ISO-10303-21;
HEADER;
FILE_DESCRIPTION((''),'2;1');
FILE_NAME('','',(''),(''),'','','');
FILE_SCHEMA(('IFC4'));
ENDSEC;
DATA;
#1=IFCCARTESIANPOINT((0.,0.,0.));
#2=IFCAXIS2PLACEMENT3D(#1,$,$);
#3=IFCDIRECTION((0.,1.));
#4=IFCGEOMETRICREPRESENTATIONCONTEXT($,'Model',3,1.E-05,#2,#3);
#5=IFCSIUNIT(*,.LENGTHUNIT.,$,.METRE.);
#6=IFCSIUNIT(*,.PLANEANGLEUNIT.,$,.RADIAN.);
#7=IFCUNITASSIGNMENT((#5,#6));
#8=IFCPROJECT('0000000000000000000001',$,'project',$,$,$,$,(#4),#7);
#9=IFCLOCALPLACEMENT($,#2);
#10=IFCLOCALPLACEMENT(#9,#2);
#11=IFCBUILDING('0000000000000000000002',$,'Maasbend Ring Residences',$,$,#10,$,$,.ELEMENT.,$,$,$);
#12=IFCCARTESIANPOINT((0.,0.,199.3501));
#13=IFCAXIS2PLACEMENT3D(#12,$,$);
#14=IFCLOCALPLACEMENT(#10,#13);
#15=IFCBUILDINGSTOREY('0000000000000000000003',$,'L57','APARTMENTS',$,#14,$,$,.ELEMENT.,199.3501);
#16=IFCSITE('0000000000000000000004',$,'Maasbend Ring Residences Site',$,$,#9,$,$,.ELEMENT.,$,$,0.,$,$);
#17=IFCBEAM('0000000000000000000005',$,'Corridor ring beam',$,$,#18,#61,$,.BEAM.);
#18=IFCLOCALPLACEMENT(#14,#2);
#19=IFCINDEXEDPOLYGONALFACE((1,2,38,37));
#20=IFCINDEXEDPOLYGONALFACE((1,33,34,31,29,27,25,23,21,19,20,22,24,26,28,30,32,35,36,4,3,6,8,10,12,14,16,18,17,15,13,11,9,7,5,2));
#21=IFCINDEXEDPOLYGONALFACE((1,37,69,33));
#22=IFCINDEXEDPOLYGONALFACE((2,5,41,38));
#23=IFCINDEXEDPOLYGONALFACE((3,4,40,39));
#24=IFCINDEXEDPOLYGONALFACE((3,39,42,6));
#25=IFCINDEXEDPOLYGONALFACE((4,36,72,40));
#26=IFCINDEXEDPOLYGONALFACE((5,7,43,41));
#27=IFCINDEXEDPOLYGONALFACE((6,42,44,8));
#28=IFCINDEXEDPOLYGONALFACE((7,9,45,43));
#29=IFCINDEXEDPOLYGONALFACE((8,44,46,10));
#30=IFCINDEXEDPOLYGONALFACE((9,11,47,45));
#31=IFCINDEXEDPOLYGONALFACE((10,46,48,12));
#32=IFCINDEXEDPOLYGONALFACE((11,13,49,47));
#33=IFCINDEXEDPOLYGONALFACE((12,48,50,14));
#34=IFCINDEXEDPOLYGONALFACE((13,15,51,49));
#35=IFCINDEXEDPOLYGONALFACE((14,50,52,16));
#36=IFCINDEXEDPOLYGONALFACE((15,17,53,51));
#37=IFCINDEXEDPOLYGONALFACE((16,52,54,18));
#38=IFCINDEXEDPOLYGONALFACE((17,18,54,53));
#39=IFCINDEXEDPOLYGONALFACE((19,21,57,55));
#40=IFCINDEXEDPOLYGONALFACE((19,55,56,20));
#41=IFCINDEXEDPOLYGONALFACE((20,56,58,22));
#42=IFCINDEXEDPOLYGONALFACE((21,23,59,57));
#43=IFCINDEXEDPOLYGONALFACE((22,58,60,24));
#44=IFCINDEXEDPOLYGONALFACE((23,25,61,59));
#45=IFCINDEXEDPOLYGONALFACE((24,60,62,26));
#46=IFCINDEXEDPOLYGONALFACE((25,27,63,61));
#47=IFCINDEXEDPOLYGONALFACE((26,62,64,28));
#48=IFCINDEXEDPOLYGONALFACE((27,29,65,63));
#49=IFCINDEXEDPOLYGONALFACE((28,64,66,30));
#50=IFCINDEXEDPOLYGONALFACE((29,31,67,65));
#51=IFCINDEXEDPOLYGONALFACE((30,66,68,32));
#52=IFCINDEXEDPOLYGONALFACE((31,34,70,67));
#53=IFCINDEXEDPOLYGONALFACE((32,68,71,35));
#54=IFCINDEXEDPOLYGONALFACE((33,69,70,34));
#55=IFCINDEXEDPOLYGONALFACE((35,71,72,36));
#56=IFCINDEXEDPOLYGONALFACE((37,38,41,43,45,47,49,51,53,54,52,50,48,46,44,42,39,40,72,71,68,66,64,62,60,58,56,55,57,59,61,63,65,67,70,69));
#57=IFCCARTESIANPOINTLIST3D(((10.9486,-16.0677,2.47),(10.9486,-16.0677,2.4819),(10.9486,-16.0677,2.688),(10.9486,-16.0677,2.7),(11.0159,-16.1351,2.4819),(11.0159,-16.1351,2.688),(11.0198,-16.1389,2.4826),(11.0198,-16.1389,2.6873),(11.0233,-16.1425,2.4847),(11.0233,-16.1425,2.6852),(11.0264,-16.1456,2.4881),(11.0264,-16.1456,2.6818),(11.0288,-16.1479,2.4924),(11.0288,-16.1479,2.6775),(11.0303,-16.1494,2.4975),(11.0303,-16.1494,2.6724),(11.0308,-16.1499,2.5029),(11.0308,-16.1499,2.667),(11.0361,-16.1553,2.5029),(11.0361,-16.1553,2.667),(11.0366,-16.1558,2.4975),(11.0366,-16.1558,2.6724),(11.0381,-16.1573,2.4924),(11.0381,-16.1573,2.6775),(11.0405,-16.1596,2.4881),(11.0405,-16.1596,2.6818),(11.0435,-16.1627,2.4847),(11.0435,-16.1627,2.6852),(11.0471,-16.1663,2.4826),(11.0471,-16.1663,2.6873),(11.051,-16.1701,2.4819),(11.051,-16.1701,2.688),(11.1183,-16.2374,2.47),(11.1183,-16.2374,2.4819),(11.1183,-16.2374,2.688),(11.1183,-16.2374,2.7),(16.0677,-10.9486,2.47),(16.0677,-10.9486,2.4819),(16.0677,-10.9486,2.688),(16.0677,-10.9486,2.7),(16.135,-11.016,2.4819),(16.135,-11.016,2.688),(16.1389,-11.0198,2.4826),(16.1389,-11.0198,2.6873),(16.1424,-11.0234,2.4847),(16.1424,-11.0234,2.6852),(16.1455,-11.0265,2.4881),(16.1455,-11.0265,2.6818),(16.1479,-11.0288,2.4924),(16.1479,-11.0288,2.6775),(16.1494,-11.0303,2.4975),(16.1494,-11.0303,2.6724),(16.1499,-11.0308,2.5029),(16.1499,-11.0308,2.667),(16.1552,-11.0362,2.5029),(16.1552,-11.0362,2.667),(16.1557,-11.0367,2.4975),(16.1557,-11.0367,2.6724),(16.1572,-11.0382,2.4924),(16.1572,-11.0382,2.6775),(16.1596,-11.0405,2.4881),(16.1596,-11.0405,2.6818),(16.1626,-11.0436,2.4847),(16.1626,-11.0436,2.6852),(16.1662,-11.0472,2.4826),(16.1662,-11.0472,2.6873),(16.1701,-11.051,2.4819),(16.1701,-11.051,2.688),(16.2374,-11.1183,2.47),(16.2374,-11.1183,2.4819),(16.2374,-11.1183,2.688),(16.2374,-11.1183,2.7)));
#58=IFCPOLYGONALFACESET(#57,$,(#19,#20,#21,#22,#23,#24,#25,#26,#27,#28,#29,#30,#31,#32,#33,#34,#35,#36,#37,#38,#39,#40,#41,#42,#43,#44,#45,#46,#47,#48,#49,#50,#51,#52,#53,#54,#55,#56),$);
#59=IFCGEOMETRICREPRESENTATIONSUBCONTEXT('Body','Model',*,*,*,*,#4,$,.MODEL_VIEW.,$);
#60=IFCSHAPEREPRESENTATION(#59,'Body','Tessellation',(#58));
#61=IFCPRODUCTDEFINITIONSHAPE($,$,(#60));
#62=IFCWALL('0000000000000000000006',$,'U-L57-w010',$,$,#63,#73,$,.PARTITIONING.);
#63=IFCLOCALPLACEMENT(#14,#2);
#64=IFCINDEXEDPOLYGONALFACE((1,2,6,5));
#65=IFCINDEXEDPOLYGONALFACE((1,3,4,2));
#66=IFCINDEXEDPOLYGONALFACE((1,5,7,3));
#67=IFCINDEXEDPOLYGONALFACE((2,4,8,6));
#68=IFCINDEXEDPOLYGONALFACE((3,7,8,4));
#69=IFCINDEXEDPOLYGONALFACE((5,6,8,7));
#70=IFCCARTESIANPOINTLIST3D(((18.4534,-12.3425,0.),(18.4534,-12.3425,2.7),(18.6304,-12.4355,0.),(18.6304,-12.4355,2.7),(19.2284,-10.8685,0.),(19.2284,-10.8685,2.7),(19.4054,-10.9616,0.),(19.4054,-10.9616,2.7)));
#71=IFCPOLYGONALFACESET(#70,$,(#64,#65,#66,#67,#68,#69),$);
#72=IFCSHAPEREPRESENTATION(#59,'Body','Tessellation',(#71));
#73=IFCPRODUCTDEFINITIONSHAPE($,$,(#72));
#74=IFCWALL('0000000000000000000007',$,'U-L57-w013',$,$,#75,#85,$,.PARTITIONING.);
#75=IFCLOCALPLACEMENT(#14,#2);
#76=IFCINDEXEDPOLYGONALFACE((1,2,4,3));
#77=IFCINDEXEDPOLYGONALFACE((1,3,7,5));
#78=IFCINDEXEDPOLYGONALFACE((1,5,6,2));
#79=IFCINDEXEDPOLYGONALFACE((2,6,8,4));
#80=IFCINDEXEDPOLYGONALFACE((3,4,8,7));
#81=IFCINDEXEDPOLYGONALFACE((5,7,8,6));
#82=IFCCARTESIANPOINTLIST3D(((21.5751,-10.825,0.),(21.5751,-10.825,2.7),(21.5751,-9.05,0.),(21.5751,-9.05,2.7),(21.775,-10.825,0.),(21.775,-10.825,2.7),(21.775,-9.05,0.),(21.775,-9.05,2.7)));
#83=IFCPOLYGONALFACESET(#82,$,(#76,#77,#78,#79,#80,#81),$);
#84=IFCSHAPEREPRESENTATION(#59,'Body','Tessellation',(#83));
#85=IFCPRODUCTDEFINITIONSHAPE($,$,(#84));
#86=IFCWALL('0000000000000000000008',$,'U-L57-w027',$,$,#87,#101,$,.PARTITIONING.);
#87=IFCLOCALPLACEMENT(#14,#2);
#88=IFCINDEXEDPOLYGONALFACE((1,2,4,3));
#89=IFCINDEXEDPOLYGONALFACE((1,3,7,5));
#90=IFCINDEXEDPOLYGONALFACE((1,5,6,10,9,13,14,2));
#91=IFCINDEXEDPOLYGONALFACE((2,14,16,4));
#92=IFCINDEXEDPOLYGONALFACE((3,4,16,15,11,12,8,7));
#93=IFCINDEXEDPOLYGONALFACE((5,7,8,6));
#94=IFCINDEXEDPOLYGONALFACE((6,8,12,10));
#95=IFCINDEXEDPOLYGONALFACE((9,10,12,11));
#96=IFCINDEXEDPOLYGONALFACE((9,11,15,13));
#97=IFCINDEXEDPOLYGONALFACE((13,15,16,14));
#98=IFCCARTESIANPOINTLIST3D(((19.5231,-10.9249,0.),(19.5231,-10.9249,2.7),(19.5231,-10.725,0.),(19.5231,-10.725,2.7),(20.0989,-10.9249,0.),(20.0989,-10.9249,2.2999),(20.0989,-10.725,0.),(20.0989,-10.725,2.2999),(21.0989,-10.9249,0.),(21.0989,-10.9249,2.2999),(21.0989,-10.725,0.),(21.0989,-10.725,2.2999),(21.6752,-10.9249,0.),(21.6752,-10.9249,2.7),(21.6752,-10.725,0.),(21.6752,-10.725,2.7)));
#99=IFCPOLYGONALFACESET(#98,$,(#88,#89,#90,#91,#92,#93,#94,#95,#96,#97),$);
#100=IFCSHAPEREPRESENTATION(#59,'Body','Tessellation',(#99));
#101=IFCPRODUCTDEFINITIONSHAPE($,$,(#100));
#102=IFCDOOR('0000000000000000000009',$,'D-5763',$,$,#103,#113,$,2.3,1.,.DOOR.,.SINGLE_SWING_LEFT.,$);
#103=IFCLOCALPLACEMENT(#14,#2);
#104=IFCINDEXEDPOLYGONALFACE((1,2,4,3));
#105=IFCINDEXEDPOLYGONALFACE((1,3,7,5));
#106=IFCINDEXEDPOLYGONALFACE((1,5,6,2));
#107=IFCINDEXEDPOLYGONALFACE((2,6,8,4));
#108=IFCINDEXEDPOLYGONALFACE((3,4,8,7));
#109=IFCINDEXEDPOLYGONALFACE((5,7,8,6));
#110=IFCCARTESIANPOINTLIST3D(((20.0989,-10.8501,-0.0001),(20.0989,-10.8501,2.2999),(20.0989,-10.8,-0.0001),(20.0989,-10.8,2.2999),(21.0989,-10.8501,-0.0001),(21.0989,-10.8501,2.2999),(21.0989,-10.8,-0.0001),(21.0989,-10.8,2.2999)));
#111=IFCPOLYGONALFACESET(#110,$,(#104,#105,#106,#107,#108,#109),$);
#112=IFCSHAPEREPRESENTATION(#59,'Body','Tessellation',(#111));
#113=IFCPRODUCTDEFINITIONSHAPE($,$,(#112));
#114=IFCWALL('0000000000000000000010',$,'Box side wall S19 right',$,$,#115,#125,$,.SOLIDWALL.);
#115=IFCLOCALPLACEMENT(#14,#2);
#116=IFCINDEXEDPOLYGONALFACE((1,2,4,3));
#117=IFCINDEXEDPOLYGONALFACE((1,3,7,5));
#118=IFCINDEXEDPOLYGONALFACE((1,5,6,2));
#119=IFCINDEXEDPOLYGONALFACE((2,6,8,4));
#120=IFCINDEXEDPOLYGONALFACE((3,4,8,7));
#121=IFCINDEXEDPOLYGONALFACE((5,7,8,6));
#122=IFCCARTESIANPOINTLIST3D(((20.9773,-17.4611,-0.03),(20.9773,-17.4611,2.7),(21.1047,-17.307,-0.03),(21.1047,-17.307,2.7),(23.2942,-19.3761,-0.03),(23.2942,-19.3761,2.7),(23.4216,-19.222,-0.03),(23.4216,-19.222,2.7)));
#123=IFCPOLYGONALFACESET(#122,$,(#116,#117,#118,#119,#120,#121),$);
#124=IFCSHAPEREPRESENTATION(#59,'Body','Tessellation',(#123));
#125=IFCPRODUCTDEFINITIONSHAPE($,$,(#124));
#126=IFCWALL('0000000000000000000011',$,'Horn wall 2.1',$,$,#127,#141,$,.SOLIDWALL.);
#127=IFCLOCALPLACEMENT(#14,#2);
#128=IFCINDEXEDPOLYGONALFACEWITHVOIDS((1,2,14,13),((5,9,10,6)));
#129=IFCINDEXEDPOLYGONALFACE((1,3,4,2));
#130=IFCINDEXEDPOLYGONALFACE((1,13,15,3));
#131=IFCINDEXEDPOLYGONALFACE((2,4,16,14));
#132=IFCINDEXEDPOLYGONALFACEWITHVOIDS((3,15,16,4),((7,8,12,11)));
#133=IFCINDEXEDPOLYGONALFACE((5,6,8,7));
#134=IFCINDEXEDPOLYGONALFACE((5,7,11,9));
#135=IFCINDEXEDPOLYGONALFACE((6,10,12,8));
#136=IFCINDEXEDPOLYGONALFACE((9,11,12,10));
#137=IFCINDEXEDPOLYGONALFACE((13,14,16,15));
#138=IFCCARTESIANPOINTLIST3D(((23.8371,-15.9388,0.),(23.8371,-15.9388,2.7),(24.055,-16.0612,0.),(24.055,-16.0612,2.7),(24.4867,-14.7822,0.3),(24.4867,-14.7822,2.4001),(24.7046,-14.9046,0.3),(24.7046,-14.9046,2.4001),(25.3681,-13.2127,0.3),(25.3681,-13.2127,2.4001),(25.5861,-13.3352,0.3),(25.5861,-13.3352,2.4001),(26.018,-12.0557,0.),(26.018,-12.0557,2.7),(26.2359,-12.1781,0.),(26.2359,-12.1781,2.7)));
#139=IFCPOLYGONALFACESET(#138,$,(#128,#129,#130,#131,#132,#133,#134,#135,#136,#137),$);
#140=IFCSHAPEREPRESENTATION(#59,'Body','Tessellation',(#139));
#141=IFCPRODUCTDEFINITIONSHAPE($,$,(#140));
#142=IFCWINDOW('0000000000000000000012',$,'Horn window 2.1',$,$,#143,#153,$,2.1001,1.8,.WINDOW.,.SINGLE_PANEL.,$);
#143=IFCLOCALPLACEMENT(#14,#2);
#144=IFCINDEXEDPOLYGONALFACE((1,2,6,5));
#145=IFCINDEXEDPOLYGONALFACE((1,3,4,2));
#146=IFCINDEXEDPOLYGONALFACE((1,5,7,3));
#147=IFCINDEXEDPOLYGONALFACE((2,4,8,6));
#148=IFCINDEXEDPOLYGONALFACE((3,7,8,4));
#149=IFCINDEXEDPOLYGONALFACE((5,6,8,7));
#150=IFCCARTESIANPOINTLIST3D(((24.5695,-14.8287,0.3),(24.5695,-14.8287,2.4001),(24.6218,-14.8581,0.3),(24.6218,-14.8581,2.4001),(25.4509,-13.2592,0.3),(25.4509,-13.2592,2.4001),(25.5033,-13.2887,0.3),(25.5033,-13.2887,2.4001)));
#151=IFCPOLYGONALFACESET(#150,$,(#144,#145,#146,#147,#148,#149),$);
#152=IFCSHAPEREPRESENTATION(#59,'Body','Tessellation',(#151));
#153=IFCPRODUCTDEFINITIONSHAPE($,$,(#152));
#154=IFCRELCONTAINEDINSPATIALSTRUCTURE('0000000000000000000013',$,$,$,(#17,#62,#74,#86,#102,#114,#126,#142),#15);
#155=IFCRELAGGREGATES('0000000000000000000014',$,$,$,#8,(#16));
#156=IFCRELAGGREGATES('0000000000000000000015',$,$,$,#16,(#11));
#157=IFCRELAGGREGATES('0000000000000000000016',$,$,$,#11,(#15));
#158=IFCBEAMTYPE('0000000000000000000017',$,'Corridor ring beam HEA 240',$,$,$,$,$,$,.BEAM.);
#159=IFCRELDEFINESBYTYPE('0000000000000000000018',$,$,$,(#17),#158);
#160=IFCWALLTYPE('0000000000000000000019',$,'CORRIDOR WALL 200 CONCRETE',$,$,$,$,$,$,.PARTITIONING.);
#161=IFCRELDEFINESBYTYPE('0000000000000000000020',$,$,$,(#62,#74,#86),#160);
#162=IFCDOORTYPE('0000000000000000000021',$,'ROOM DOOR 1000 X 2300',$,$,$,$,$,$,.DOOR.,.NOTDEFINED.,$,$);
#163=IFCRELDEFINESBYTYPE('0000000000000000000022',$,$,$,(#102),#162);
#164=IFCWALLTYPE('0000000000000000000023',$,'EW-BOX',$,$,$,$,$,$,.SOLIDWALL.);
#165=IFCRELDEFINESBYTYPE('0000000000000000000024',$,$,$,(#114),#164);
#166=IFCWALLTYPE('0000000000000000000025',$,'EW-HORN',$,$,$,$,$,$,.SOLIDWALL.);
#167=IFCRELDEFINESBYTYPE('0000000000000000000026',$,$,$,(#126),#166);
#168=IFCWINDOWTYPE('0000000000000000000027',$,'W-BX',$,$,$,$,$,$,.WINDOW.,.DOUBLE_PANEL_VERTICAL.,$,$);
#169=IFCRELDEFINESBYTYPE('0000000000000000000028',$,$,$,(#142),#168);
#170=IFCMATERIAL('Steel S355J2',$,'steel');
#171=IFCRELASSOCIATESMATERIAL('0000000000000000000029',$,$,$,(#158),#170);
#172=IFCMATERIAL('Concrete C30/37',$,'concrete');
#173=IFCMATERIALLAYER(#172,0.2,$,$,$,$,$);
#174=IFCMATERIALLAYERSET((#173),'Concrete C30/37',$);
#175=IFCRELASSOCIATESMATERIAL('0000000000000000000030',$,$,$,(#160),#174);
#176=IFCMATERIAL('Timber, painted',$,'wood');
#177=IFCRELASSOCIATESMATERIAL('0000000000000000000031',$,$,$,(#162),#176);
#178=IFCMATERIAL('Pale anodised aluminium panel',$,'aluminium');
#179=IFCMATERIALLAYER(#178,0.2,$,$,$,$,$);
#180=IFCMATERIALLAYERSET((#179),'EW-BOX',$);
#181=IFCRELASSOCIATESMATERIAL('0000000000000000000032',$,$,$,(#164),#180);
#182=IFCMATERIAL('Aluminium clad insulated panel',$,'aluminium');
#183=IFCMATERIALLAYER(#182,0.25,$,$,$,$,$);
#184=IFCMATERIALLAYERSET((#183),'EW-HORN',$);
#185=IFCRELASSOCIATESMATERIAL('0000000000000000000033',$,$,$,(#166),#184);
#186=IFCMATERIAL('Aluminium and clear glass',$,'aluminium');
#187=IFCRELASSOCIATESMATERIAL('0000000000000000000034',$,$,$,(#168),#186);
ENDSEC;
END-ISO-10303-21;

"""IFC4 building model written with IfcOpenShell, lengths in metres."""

from ifc_helpers import new_model, si_unit, direction, frame, frame_2d, origin, origin_2d, place, context, subcontext, project, spatial, rectangle, i_section, extrude, material, layer, layer_set, material_profile, profile_set, type_object, element, fill, save


model = new_model("IFC4")

# Units and contexts
model_context = context("Model", 3, precision=1e-05, world=origin(), true_north=direction((0.0, 1.0)))
body_context = subcontext(model_context, "Body", "Model", "MODEL_VIEW")
ifc_project = project(units=[si_unit("LENGTHUNIT", "METRE"), si_unit("PLANEANGLEUNIT", "RADIAN")], contexts=[model_context])

# Site, building, storey
site_placement = place(None, origin())
site = spatial("IfcSite", under=ifc_project, at=site_placement, Name="Maasbend Ring Residences Site", CompositionType="ELEMENT", RefElevation=0.0)
building_placement = place(site_placement, origin())
building = spatial("IfcBuilding", under=site, at=building_placement, Name="Maasbend Ring Residences", CompositionType="ELEMENT")
storey_placement = place(building_placement, frame((0.0, 0.0, 199.3501)))
storey = spatial("IfcBuildingStorey", under=building, at=storey_placement, Name="L57", Description="APARTMENTS", CompositionType="ELEMENT", Elevation=199.3501)

# Beam
ifc_material_1 = material(Name="Steel S355J2", Category="steel")
ifc_material_profile_1 = material_profile(ifc_material_1, i_section(OverallWidth=0.24, OverallDepth=0.23, WebThickness=0.0076, FlangeThickness=0.012, FilletRadius=0.021, at=origin_2d()), Name="HEA 240")
ifc_profile_set_1 = profile_set([ifc_material_profile_1], Name="Steel S355J2")
beam_type = type_object("IfcBeamType", Name="Corridor ring beam HEA 240", PredefinedType="BEAM", material=ifc_profile_set_1)
beam_placement = place(storey_placement, frame((11.0334, -16.1526, 2.585), z_axis=(0.707107, 0.707107, 0.0), x_axis=(-0.707107, 0.707107, 0.0)))
element("IfcBeam", 1, at=beam_placement, inside=storey, type_object=beam_type, Name="Corridor ring beam", PredefinedType="BEAM", context=body_context, shape_type="SweptSolid", body=[
    extrude(i_section(OverallWidth=0.24, OverallDepth=0.23, WebThickness=0.0076, FlangeThickness=0.012, FilletRadius=0.021, at=origin_2d()), origin(), (0.0, 0.0, 1.0), 7.2395),
])

# Walls
ifc_material_2 = material(Name="Concrete C30/37", Category="concrete")
ifc_layer_1 = layer(ifc_material_2, 0.2)
ifc_layer_set_1 = layer_set([ifc_layer_1], Name="Concrete C30/37")
wall_type_1 = type_object("IfcWallType", Name="CORRIDOR WALL 200 CONCRETE", PredefinedType="PARTITIONING", material=ifc_layer_set_1)
wall_1_placement = place(storey_placement, frame((18.542, -12.3889, 0.0), z_axis=(0.0, 0.0, 1.0), x_axis=(0.46536, 0.885122, 0.0)))
element("IfcWall", 2, at=wall_1_placement, inside=storey, type_object=wall_type_1, Name="U-L57-w010", PredefinedType="PARTITIONING", context=body_context, shape_type="SweptSolid", body=[
    extrude(rectangle(XDim=1.6653, YDim=0.2, at=frame_2d((0.8325, 0.0))), origin(), (0.0, 0.0, 1.0), 2.7),
])
wall_2_placement = place(storey_placement, frame((21.675, -10.825, 0.0), z_axis=(0.0, 0.0, 1.0), x_axis=(0.0, 1.0, 0.0)))
element("IfcWall", 3, at=wall_2_placement, inside=storey, type_object=wall_type_1, Name="U-L57-w013", PredefinedType="PARTITIONING", context=body_context, shape_type="SweptSolid", body=[
    extrude(rectangle(XDim=1.7749, YDim=0.2, at=frame_2d((0.8875, 0.0))), origin(), (0.0, 0.0, 1.0), 2.7),
])

# Wall, opening, door
wall_3_placement = place(storey_placement, frame((19.5229, -10.825, 0.0), z_axis=(0.0, 0.0, 1.0), x_axis=(1.0, 0.0, 0.0)))
wall_3 = element("IfcWall", 4, at=wall_3_placement, inside=storey, type_object=wall_type_1, Name="U-L57-w027", PredefinedType="PARTITIONING", context=body_context, shape_type="SweptSolid", body=[
    extrude(rectangle(XDim=2.1521, YDim=0.2, at=frame_2d((1.0762, 0.0))), origin(), (0.0, 0.0, 1.0), 2.7),
])
opening_1_placement = place(wall_3_placement, frame((0.5759, 0.0, 0.0)))
opening_1 = element("IfcOpeningElement", 5, at=opening_1_placement, cuts=wall_3, PredefinedType="OPENING", context=body_context, shape_type="SweptSolid", body=[
    extrude(rectangle(XDim=1.0, YDim=2.3, at=frame_2d((0.5, 1.1499))), frame((0.0, 0.1099, 0.0), z_axis=(0.0, -1.0, 0.0), x_axis=(1.0, 0.0, 0.0)), (0.0, 0.0, 1.0), 0.22),
])
ifc_material_3 = material(Name="Timber, painted", Category="wood")
door_type = type_object("IfcDoorType", Name="ROOM DOOR 1000 X 2300", OperationType="NOTDEFINED", PredefinedType="DOOR", material=ifc_material_3)
door_placement = place(opening_1_placement, origin())
door = element("IfcDoor", 6, at=door_placement, inside=storey, type_object=door_type, Name="D-5763", OperationType="SINGLE_SWING_LEFT", OverallHeight=2.3, OverallWidth=1.0, PredefinedType="DOOR", context=body_context, shape_type="SweptSolid", body=[
    extrude(rectangle(XDim=1.0, YDim=2.3, at=frame_2d((0.5, 1.1499))), frame((0.0, 0.0249, 0.0), z_axis=(0.0, -1.0, 0.0), x_axis=(1.0, 0.0, 0.0)), (0.0, 0.0, 1.0), 0.05),
])
fill(opening_1, door)

# Wall
ifc_material_4 = material(Name="Pale anodised aluminium panel", Category="aluminium")
ifc_layer_2 = layer(ifc_material_4, 0.2)
ifc_layer_set_2 = layer_set([ifc_layer_2], Name="EW-BOX")
wall_type_2 = type_object("IfcWallType", Name="EW-BOX", PredefinedType="SOLIDWALL", material=ifc_layer_set_2)
wall_4_placement = place(storey_placement, frame((21.041, -17.384, -0.03), z_axis=(0.0, 0.0, 1.0), x_axis=(0.770785, -0.637096, 0.0)))
element("IfcWall", 7, at=wall_4_placement, inside=storey, type_object=wall_type_2, Name="Box side wall S19 right", PredefinedType="SOLIDWALL", context=body_context, shape_type="SweptSolid", body=[
    extrude(rectangle(XDim=3.0059, YDim=0.2, at=frame_2d((1.5029, 0.0))), origin(), (0.0, 0.0, 1.0), 2.73),
])

# Wall, opening, window
ifc_material_5 = material(Name="Aluminium clad insulated panel", Category="aluminium")
ifc_layer_3 = layer(ifc_material_5, 0.25)
ifc_layer_set_3 = layer_set([ifc_layer_3], Name="EW-HORN")
wall_type_3 = type_object("IfcWallType", Name="EW-HORN", PredefinedType="SOLIDWALL", material=ifc_layer_set_3)
wall_5_placement = place(storey_placement, frame((23.946, -16.0, 0.0), z_axis=(0.0, 0.0, 1.0), x_axis=(0.489696, 0.871893, 0.0)))
wall_5 = element("IfcWall", 8, at=wall_5_placement, inside=storey, type_object=wall_type_3, Name="Horn wall 2.1", PredefinedType="SOLIDWALL", context=body_context, shape_type="SweptSolid", body=[
    extrude(rectangle(XDim=4.4536, YDim=0.25, at=frame_2d((2.2268, 0.0))), origin(), (0.0, 0.0, 1.0), 2.7),
])
opening_2_placement = place(wall_5_placement, frame((1.3267, 0.0, 0.3)))
opening_2 = element("IfcOpeningElement", 9, at=opening_2_placement, cuts=wall_5, PredefinedType="OPENING", context=body_context, shape_type="SweptSolid", body=[
    extrude(rectangle(XDim=1.8, YDim=2.1001, at=frame_2d((0.8999, 1.05))), frame((0.0, 0.135, 0.0), z_axis=(0.0, -1.0, 0.0), x_axis=(1.0, 0.0, 0.0)), (0.0, 0.0, 1.0), 0.27),
])
ifc_material_6 = material(Name="Aluminium and clear glass", Category="aluminium")
window_type = type_object("IfcWindowType", Name="W-BX", PartitioningType="DOUBLE_PANEL_VERTICAL", PredefinedType="WINDOW", material=ifc_material_6)
window_1_placement = place(opening_2_placement, origin())
window_1 = element("IfcWindow", 10, at=window_1_placement, inside=storey, type_object=window_type, Name="Horn window 2.1", OverallHeight=2.1001, OverallWidth=1.8, PartitioningType="SINGLE_PANEL", PredefinedType="WINDOW", context=body_context, shape_type="SweptSolid", body=[
    extrude(rectangle(XDim=1.8, YDim=2.1001, at=frame_2d((0.8999, 1.05))), frame((0.0, 0.03, 0.0), z_axis=(0.0, -1.0, 0.0), x_axis=(1.0, 0.0, 0.0)), (0.0, 0.0, 1.0), 0.0601),
])
fill(opening_2, window_1)

save(model, "model.ifc")
